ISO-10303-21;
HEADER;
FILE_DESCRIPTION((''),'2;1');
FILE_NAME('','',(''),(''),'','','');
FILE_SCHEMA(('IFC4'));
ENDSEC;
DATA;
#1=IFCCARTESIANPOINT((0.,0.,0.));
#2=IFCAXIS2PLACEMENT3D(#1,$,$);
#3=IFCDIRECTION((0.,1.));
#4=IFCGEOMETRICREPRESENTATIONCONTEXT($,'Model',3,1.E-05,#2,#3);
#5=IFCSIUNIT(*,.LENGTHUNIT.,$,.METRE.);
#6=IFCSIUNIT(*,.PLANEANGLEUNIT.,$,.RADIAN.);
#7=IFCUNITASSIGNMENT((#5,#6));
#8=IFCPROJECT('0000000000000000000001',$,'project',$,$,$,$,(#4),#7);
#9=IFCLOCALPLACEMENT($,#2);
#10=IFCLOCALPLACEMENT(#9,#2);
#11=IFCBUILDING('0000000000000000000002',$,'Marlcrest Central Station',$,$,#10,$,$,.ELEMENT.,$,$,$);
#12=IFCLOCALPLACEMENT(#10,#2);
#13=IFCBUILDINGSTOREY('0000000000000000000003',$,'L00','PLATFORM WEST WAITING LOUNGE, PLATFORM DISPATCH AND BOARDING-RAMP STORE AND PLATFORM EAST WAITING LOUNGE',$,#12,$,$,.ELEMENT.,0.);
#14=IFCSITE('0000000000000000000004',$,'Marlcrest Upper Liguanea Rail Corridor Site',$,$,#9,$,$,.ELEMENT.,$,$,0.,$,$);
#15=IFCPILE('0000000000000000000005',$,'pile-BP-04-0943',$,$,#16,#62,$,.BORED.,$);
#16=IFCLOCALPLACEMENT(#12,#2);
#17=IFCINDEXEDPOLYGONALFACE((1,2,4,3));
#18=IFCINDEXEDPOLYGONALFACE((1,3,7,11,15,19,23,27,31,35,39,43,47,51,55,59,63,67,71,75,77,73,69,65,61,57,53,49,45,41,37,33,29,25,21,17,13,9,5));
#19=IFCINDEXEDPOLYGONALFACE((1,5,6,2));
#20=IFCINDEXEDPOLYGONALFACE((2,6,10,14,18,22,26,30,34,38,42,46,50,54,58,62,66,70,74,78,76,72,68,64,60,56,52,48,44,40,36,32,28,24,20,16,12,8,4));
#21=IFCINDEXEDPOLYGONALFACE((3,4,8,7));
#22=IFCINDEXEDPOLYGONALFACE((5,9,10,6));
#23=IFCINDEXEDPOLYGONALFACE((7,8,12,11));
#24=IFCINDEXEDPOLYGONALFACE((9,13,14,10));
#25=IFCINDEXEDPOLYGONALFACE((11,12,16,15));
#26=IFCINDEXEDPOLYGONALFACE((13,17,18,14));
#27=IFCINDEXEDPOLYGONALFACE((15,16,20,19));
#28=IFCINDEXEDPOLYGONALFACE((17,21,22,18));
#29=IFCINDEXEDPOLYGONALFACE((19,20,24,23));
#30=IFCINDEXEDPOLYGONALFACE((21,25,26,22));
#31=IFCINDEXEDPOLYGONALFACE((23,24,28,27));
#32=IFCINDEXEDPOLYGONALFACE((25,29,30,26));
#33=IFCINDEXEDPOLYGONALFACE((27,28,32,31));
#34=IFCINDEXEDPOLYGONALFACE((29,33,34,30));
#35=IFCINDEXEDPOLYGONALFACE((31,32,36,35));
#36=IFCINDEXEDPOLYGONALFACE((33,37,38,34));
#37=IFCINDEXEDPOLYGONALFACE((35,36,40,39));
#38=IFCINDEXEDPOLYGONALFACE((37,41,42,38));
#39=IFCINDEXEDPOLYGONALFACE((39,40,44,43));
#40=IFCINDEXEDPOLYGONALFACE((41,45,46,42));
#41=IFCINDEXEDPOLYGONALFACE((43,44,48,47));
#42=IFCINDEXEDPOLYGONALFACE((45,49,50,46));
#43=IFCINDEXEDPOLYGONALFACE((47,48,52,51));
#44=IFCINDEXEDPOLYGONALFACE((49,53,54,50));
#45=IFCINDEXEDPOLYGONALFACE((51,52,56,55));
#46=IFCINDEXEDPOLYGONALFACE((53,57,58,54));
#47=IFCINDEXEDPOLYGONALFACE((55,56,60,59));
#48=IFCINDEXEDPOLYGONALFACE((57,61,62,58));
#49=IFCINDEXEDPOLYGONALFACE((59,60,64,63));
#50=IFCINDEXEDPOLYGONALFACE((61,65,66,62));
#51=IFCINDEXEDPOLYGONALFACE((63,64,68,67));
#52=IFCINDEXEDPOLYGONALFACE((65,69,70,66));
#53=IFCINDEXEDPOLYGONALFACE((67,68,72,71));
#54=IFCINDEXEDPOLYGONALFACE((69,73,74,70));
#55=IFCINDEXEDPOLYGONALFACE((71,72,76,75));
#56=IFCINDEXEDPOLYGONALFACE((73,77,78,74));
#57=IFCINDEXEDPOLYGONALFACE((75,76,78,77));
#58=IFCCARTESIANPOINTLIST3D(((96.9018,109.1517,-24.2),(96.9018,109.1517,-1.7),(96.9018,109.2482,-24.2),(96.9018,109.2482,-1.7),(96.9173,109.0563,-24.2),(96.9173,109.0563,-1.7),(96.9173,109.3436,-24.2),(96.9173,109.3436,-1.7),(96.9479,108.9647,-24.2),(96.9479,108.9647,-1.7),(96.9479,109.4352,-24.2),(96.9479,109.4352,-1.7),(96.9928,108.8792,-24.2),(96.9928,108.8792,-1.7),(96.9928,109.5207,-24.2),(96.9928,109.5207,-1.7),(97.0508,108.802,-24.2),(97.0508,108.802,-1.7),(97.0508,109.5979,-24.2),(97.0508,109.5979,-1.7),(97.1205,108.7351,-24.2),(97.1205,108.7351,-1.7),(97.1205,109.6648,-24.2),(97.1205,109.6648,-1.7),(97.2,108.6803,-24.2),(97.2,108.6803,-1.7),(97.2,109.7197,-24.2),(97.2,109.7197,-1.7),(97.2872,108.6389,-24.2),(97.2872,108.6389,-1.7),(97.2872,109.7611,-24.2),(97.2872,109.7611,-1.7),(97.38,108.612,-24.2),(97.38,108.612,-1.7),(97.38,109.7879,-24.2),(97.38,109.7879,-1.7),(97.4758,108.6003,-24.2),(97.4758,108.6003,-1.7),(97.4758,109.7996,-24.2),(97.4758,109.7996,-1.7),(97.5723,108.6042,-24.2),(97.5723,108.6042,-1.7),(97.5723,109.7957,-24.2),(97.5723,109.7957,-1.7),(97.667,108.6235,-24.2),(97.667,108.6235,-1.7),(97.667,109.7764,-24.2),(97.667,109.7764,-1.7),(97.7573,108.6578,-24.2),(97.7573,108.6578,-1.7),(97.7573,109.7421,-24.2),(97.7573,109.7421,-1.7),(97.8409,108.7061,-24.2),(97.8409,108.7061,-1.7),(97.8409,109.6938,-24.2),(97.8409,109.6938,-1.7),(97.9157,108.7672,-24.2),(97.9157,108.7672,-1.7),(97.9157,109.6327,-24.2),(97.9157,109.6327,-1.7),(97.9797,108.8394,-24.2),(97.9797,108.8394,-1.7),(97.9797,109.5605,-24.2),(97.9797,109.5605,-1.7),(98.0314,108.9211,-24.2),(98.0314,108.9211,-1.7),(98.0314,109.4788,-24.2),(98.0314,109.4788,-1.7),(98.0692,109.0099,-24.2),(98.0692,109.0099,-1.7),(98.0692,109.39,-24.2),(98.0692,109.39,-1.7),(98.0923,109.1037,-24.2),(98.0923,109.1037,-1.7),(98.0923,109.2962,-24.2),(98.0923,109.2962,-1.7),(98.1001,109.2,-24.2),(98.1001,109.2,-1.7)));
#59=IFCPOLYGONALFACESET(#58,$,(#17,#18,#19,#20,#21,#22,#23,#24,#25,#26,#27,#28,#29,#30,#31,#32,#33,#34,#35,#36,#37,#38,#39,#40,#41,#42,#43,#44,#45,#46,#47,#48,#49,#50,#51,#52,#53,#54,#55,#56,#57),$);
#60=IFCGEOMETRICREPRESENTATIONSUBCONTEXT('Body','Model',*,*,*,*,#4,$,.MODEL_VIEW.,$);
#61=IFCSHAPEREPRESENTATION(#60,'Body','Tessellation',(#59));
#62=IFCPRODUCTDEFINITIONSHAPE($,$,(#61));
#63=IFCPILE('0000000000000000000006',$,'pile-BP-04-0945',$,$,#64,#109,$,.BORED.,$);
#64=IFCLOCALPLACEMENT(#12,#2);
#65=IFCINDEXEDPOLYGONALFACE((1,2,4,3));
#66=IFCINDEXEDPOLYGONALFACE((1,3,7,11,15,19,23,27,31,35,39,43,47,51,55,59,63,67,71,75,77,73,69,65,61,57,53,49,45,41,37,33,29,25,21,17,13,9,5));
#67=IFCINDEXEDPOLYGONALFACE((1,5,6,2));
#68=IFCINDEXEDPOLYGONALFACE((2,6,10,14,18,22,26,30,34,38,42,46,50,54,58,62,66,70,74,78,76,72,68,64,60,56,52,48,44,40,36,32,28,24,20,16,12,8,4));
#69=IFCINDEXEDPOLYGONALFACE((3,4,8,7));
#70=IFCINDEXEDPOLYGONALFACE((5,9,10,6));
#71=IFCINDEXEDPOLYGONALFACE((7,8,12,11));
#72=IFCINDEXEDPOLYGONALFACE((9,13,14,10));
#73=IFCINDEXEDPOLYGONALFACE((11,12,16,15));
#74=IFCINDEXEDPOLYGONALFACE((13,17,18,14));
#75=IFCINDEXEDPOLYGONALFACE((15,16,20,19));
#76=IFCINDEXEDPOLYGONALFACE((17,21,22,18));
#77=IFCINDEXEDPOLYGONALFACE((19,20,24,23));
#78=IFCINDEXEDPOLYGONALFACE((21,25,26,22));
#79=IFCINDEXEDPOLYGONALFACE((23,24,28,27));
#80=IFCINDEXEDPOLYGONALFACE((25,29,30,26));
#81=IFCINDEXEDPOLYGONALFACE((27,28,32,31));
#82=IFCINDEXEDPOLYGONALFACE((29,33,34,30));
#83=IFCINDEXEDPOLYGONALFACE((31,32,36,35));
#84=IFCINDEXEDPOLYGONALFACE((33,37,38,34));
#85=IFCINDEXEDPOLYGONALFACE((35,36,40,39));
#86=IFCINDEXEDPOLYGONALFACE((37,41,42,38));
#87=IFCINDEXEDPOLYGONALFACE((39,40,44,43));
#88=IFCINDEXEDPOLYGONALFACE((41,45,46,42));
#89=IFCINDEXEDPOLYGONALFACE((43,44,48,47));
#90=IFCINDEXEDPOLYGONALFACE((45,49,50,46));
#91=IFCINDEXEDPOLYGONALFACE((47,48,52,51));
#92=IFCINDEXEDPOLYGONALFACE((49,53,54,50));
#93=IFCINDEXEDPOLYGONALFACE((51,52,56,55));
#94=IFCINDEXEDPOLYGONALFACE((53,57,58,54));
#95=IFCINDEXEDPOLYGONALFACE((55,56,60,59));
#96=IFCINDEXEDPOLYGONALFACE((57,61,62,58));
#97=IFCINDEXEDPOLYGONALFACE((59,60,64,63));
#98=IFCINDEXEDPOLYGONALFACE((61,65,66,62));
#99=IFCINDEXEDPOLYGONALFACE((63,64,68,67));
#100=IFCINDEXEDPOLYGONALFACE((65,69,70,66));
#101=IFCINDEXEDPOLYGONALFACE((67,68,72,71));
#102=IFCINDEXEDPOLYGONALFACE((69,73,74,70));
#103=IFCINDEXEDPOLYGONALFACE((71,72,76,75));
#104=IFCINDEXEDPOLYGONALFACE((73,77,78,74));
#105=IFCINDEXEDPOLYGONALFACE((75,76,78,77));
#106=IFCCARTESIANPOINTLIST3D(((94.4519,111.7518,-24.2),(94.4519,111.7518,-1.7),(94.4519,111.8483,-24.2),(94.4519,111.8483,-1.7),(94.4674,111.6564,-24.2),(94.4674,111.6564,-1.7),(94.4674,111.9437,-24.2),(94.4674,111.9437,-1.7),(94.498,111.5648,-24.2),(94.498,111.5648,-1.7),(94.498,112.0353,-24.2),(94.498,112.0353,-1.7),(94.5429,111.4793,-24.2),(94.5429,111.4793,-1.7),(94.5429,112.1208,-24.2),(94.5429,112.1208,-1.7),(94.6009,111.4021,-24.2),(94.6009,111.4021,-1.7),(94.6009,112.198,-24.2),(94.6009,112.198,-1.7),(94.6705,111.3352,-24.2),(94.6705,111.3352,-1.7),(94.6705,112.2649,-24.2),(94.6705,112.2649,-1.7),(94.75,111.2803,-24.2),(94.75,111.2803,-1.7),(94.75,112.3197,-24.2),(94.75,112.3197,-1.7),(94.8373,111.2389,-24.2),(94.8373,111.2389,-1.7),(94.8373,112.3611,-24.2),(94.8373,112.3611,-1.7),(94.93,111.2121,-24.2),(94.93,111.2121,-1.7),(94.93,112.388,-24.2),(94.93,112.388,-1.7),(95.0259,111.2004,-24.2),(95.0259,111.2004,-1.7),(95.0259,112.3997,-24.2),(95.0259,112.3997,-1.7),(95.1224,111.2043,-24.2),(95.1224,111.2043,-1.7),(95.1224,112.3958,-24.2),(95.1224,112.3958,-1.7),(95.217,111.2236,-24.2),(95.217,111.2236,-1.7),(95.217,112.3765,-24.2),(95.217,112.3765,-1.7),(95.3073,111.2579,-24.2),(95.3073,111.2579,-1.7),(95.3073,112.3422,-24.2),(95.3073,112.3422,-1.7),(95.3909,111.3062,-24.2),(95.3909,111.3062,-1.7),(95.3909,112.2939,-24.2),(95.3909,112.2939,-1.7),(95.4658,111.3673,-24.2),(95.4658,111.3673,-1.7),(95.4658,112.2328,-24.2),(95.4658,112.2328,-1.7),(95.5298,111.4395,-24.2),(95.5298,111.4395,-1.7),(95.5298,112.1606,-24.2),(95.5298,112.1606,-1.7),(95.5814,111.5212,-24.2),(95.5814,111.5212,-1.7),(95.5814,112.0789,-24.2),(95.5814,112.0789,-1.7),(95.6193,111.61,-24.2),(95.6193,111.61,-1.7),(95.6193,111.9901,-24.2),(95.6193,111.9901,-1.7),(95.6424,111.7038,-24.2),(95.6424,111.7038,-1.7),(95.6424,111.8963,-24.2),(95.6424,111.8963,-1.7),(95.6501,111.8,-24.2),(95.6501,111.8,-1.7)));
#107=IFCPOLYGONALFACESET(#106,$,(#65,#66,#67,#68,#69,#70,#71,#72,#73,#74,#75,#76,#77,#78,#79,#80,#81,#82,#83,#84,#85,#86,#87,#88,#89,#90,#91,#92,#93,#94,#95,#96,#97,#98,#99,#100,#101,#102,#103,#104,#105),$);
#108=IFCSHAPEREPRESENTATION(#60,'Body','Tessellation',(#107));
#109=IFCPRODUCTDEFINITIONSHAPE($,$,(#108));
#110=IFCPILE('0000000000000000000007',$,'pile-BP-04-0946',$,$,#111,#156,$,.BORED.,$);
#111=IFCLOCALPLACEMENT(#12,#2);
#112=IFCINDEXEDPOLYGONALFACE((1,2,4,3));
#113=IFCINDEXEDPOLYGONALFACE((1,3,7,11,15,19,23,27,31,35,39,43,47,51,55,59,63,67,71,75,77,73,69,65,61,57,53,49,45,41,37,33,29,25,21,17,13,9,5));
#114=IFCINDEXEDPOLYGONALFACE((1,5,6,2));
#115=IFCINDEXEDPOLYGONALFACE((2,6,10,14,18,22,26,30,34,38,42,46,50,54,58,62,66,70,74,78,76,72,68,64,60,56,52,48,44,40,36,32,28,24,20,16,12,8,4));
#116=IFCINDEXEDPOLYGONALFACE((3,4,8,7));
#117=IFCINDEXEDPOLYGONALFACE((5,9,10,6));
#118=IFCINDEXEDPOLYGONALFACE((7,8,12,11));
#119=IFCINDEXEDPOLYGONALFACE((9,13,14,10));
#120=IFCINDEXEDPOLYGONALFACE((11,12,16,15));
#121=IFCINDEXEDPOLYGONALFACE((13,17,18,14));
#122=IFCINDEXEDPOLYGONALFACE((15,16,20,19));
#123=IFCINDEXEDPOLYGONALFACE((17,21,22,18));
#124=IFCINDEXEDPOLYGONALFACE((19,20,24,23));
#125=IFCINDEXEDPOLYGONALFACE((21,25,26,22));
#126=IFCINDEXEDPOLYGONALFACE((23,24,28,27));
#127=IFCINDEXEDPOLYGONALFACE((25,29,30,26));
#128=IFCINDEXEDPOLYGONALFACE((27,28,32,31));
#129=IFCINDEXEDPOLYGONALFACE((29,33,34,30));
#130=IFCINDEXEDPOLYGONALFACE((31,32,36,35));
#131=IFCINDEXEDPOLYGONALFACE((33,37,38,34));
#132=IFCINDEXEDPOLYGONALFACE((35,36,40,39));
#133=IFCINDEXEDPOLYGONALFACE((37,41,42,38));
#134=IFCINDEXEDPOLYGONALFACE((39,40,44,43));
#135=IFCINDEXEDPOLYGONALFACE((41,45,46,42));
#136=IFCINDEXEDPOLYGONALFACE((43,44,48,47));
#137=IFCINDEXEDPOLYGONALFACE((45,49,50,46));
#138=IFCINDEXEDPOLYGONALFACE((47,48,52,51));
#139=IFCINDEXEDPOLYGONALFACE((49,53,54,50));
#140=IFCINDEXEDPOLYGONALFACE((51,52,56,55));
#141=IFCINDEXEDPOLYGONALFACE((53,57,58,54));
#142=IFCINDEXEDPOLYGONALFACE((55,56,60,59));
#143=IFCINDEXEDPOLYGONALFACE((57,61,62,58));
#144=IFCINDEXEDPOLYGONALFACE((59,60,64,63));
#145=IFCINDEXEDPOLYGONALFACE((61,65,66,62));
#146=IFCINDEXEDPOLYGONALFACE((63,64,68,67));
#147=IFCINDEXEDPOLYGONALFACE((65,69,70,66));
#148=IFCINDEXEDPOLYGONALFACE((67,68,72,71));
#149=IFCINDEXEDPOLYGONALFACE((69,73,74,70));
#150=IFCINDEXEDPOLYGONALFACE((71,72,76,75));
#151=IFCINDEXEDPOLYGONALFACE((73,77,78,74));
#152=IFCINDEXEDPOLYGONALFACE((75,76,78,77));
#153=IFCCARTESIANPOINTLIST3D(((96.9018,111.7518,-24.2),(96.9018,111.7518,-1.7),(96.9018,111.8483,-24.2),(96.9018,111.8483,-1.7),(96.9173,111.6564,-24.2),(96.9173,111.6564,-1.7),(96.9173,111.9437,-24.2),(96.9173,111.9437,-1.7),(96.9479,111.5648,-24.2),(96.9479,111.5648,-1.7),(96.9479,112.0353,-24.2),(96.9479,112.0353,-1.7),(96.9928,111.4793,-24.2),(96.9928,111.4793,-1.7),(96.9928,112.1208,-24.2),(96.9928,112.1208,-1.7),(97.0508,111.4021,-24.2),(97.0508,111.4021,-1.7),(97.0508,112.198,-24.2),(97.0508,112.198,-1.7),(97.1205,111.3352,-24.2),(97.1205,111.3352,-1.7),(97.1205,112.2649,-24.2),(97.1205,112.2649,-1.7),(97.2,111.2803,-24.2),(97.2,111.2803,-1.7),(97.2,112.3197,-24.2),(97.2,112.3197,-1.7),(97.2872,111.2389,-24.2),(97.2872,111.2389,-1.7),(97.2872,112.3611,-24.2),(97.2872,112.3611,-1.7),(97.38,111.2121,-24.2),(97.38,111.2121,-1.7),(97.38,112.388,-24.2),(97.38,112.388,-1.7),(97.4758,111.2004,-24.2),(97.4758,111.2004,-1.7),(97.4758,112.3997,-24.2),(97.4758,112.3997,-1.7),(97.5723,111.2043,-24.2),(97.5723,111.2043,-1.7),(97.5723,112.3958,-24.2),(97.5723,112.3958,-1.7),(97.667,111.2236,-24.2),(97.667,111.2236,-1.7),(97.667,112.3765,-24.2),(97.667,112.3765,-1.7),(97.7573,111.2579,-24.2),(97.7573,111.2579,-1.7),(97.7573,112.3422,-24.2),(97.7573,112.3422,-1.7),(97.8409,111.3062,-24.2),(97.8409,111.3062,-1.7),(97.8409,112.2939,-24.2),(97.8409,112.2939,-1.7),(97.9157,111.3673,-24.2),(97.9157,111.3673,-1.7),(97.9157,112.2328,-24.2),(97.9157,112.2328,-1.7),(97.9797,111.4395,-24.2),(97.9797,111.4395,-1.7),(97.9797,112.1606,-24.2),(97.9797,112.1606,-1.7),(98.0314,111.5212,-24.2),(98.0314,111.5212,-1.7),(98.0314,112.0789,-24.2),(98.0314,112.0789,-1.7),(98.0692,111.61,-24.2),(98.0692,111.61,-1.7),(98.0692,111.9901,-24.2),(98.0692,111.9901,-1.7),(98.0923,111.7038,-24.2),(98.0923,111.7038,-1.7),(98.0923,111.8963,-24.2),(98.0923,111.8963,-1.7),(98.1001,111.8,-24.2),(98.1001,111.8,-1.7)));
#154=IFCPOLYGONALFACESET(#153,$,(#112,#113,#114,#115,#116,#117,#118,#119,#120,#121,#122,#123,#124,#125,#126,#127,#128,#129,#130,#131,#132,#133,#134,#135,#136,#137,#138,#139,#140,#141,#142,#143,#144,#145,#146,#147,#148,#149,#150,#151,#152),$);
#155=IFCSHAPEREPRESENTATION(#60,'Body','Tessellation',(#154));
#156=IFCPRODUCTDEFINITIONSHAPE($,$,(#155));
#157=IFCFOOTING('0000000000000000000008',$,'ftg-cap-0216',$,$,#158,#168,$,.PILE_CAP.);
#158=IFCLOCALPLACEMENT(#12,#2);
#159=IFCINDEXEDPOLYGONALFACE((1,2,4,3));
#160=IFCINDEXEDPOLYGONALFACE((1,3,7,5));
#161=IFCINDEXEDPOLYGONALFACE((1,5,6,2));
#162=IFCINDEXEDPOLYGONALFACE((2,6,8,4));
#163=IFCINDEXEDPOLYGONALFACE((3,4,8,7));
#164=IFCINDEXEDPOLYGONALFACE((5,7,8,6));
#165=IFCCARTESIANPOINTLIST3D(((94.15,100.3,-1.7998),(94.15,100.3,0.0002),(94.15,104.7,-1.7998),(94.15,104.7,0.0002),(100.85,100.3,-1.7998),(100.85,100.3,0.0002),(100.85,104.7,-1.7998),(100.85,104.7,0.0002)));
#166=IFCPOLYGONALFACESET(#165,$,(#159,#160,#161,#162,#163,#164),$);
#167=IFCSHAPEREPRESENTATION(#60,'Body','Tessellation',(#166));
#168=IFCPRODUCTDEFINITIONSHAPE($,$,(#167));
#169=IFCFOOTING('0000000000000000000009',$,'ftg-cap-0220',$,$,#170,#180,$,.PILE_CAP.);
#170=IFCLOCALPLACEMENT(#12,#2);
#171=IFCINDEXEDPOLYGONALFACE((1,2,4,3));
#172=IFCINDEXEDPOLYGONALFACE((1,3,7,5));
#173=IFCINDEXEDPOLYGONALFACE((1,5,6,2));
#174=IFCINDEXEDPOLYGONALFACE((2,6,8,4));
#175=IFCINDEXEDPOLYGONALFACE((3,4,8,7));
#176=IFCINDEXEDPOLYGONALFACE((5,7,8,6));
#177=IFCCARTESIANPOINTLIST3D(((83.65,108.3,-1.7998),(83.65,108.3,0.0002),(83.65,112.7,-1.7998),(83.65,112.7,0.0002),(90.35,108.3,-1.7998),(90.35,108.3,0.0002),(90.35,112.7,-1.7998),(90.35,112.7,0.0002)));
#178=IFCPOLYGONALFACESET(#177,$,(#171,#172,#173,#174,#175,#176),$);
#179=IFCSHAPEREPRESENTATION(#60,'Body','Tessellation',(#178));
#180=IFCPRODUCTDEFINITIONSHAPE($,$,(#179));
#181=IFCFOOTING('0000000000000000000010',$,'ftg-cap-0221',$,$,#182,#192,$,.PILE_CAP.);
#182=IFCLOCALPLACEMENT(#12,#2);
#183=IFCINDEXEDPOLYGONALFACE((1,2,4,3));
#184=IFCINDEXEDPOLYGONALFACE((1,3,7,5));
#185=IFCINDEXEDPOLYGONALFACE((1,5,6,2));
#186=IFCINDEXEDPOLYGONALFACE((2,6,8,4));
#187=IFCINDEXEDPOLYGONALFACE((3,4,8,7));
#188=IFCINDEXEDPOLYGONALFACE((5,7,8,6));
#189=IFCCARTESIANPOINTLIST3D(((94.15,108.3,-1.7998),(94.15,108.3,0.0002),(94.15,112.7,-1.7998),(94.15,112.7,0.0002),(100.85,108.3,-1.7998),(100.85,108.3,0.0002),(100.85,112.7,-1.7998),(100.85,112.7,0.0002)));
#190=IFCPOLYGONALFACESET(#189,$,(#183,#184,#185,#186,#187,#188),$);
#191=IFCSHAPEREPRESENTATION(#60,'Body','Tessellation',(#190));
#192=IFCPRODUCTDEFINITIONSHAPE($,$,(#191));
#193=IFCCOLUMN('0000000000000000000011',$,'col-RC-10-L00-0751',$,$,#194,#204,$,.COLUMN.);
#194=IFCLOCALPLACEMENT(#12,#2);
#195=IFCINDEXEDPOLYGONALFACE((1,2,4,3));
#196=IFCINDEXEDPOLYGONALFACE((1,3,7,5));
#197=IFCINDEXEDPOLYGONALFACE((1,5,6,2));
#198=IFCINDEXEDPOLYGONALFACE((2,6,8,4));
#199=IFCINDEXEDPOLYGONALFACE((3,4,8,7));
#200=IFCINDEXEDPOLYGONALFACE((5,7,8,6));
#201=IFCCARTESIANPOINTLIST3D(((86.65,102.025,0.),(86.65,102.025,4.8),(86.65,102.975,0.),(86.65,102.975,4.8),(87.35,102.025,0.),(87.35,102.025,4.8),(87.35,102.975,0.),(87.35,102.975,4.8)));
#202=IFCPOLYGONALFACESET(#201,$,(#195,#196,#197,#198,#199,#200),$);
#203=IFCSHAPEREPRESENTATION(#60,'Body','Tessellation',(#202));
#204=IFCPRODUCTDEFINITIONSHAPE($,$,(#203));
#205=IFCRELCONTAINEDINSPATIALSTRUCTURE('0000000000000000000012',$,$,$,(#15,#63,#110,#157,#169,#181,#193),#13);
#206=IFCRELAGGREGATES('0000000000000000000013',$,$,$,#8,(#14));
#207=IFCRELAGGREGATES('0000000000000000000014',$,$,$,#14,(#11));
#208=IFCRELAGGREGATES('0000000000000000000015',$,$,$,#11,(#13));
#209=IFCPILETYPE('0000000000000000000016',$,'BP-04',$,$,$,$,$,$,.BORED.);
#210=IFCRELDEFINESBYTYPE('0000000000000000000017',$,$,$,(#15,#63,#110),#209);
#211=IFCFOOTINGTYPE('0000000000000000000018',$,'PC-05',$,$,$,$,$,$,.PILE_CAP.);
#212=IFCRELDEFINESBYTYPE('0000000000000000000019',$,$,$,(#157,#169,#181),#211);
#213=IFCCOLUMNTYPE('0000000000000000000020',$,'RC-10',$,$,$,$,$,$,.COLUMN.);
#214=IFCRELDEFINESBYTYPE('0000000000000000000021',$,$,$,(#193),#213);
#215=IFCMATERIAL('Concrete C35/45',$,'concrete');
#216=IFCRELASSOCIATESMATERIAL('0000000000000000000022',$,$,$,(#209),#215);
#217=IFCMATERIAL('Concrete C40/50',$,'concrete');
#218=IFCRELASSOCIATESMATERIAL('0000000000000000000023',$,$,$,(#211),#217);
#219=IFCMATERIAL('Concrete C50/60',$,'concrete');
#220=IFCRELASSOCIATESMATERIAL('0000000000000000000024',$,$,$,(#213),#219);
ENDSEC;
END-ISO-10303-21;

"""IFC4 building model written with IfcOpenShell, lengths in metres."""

from ifc_helpers import new_model, si_unit, direction, frame, origin, origin_2d, place, context, subcontext, project, spatial, rectangle, circle, extrude, material, material_profile, profile_set, type_object, element, save


model = new_model("IFC4")

# Units and contexts
model_context = context("Model", 3, precision=1e-05, world=origin(), true_north=direction((0.0, 1.0)))
body_context = subcontext(model_context, "Body", "Model", "MODEL_VIEW")
ifc_project = project(units=[si_unit("LENGTHUNIT", "METRE"), si_unit("PLANEANGLEUNIT", "RADIAN")], contexts=[model_context])

# Site, building, storey
site_placement = place(None, origin())
site = spatial("IfcSite", under=ifc_project, at=site_placement, Name="Marlcrest Upper Liguanea Rail Corridor Site", CompositionType="ELEMENT", RefElevation=0.0)
building_placement = place(site_placement, origin())
building = spatial("IfcBuilding", under=site, at=building_placement, Name="Marlcrest Central Station", CompositionType="ELEMENT")
storey_placement = place(building_placement, origin())
storey = spatial("IfcBuildingStorey", under=building, at=storey_placement, Name="L00", Description="PLATFORM WEST WAITING LOUNGE, PLATFORM DISPATCH AND BOARDING-RAMP STORE AND PLATFORM EAST WAITING LOUNGE", CompositionType="ELEMENT", Elevation=0.0)

# Piles
ifc_material_1 = material(Name="Concrete C35/45", Category="concrete")
ifc_material_profile_1 = material_profile(ifc_material_1, circle(Radius=0.6001, at=origin_2d()), Name="PILE D1200")
ifc_profile_set_1 = profile_set([ifc_material_profile_1], Name="Concrete C35/45")
pile_type_1 = type_object("IfcPileType", Name="BP-04", PredefinedType="BORED", material=ifc_profile_set_1)
for number, where, z_axis, x_axis, name in (
    (1, (97.5, 109.2, -1.7), (0.0, 0.0, -1.0), (1.0, 0.0, 0.0), "pile-BP-04-0943"),
    (2, (95.05, 111.8, -1.7), (0.0, 0.0, -1.0), (1.0, 0.0, 0.0), "pile-BP-04-0945"),
    (3, (97.5, 111.8, -1.7), (0.0, 0.0, -1.0), (1.0, 0.0, 0.0), "pile-BP-04-0946"),
):
    element("IfcPile", number, at=place(storey_placement, frame(where, z_axis=z_axis, x_axis=x_axis)), inside=storey, type_object=pile_type_1, Name=name, PredefinedType="BORED", context=body_context, shape_type="SweptSolid", body=[
        extrude(circle(Radius=0.6001, at=origin_2d()), origin(), (0.0, 0.0, 1.0), 22.5),
    ])

# Footings
ifc_material_2 = material(Name="Concrete C40/50", Category="concrete")
footing_type = type_object("IfcFootingType", Name="PC-05", PredefinedType="PILE_CAP", material=ifc_material_2)
for number, where, z_axis, x_axis, name in (
    (4, (97.5, 102.5, -1.7998), (0.0, 0.0, 1.0), (1.0, 0.0, 0.0), "ftg-cap-0216"),
    (5, (87.0, 110.5, -1.7998), (0.0, 0.0, 1.0), (1.0, 0.0, 0.0), "ftg-cap-0220"),
    (6, (97.5, 110.5, -1.7998), (0.0, 0.0, 1.0), (1.0, 0.0, 0.0), "ftg-cap-0221"),
):
    element("IfcFooting", number, at=place(storey_placement, frame(where, z_axis=z_axis, x_axis=x_axis)), inside=storey, type_object=footing_type, Name=name, PredefinedType="PILE_CAP", context=body_context, shape_type="SweptSolid", body=[
        extrude(rectangle(XDim=6.7, YDim=4.3999, at=origin_2d()), origin(), (0.0, 0.0, 1.0), 1.8),
    ])

# Column
ifc_material_3 = material(Name="Concrete C50/60", Category="concrete")
ifc_material_profile_2 = material_profile(ifc_material_3, rectangle(XDim=0.7, YDim=0.95, at=origin_2d()), Name="RC 700x950")
ifc_profile_set_2 = profile_set([ifc_material_profile_2], Name="Concrete C50/60")
column_type = type_object("IfcColumnType", Name="RC-10", PredefinedType="COLUMN", material=ifc_profile_set_2)
for number, where, z_axis, x_axis, name in (
    (7, (87.0, 102.5, 0.0), (0.0, 0.0, 1.0), (1.0, 0.0, 0.0), "col-RC-10-L00-0751"),
):
    element("IfcColumn", number, at=place(storey_placement, frame(where, z_axis=z_axis, x_axis=x_axis)), inside=storey, type_object=column_type, Name=name, PredefinedType="COLUMN", context=body_context, shape_type="SweptSolid", body=[
        extrude(rectangle(XDim=0.7, YDim=0.95, at=origin_2d()), origin(), (0.0, 0.0, 1.0), 4.8),
    ])

save(model, "model.ifc")
